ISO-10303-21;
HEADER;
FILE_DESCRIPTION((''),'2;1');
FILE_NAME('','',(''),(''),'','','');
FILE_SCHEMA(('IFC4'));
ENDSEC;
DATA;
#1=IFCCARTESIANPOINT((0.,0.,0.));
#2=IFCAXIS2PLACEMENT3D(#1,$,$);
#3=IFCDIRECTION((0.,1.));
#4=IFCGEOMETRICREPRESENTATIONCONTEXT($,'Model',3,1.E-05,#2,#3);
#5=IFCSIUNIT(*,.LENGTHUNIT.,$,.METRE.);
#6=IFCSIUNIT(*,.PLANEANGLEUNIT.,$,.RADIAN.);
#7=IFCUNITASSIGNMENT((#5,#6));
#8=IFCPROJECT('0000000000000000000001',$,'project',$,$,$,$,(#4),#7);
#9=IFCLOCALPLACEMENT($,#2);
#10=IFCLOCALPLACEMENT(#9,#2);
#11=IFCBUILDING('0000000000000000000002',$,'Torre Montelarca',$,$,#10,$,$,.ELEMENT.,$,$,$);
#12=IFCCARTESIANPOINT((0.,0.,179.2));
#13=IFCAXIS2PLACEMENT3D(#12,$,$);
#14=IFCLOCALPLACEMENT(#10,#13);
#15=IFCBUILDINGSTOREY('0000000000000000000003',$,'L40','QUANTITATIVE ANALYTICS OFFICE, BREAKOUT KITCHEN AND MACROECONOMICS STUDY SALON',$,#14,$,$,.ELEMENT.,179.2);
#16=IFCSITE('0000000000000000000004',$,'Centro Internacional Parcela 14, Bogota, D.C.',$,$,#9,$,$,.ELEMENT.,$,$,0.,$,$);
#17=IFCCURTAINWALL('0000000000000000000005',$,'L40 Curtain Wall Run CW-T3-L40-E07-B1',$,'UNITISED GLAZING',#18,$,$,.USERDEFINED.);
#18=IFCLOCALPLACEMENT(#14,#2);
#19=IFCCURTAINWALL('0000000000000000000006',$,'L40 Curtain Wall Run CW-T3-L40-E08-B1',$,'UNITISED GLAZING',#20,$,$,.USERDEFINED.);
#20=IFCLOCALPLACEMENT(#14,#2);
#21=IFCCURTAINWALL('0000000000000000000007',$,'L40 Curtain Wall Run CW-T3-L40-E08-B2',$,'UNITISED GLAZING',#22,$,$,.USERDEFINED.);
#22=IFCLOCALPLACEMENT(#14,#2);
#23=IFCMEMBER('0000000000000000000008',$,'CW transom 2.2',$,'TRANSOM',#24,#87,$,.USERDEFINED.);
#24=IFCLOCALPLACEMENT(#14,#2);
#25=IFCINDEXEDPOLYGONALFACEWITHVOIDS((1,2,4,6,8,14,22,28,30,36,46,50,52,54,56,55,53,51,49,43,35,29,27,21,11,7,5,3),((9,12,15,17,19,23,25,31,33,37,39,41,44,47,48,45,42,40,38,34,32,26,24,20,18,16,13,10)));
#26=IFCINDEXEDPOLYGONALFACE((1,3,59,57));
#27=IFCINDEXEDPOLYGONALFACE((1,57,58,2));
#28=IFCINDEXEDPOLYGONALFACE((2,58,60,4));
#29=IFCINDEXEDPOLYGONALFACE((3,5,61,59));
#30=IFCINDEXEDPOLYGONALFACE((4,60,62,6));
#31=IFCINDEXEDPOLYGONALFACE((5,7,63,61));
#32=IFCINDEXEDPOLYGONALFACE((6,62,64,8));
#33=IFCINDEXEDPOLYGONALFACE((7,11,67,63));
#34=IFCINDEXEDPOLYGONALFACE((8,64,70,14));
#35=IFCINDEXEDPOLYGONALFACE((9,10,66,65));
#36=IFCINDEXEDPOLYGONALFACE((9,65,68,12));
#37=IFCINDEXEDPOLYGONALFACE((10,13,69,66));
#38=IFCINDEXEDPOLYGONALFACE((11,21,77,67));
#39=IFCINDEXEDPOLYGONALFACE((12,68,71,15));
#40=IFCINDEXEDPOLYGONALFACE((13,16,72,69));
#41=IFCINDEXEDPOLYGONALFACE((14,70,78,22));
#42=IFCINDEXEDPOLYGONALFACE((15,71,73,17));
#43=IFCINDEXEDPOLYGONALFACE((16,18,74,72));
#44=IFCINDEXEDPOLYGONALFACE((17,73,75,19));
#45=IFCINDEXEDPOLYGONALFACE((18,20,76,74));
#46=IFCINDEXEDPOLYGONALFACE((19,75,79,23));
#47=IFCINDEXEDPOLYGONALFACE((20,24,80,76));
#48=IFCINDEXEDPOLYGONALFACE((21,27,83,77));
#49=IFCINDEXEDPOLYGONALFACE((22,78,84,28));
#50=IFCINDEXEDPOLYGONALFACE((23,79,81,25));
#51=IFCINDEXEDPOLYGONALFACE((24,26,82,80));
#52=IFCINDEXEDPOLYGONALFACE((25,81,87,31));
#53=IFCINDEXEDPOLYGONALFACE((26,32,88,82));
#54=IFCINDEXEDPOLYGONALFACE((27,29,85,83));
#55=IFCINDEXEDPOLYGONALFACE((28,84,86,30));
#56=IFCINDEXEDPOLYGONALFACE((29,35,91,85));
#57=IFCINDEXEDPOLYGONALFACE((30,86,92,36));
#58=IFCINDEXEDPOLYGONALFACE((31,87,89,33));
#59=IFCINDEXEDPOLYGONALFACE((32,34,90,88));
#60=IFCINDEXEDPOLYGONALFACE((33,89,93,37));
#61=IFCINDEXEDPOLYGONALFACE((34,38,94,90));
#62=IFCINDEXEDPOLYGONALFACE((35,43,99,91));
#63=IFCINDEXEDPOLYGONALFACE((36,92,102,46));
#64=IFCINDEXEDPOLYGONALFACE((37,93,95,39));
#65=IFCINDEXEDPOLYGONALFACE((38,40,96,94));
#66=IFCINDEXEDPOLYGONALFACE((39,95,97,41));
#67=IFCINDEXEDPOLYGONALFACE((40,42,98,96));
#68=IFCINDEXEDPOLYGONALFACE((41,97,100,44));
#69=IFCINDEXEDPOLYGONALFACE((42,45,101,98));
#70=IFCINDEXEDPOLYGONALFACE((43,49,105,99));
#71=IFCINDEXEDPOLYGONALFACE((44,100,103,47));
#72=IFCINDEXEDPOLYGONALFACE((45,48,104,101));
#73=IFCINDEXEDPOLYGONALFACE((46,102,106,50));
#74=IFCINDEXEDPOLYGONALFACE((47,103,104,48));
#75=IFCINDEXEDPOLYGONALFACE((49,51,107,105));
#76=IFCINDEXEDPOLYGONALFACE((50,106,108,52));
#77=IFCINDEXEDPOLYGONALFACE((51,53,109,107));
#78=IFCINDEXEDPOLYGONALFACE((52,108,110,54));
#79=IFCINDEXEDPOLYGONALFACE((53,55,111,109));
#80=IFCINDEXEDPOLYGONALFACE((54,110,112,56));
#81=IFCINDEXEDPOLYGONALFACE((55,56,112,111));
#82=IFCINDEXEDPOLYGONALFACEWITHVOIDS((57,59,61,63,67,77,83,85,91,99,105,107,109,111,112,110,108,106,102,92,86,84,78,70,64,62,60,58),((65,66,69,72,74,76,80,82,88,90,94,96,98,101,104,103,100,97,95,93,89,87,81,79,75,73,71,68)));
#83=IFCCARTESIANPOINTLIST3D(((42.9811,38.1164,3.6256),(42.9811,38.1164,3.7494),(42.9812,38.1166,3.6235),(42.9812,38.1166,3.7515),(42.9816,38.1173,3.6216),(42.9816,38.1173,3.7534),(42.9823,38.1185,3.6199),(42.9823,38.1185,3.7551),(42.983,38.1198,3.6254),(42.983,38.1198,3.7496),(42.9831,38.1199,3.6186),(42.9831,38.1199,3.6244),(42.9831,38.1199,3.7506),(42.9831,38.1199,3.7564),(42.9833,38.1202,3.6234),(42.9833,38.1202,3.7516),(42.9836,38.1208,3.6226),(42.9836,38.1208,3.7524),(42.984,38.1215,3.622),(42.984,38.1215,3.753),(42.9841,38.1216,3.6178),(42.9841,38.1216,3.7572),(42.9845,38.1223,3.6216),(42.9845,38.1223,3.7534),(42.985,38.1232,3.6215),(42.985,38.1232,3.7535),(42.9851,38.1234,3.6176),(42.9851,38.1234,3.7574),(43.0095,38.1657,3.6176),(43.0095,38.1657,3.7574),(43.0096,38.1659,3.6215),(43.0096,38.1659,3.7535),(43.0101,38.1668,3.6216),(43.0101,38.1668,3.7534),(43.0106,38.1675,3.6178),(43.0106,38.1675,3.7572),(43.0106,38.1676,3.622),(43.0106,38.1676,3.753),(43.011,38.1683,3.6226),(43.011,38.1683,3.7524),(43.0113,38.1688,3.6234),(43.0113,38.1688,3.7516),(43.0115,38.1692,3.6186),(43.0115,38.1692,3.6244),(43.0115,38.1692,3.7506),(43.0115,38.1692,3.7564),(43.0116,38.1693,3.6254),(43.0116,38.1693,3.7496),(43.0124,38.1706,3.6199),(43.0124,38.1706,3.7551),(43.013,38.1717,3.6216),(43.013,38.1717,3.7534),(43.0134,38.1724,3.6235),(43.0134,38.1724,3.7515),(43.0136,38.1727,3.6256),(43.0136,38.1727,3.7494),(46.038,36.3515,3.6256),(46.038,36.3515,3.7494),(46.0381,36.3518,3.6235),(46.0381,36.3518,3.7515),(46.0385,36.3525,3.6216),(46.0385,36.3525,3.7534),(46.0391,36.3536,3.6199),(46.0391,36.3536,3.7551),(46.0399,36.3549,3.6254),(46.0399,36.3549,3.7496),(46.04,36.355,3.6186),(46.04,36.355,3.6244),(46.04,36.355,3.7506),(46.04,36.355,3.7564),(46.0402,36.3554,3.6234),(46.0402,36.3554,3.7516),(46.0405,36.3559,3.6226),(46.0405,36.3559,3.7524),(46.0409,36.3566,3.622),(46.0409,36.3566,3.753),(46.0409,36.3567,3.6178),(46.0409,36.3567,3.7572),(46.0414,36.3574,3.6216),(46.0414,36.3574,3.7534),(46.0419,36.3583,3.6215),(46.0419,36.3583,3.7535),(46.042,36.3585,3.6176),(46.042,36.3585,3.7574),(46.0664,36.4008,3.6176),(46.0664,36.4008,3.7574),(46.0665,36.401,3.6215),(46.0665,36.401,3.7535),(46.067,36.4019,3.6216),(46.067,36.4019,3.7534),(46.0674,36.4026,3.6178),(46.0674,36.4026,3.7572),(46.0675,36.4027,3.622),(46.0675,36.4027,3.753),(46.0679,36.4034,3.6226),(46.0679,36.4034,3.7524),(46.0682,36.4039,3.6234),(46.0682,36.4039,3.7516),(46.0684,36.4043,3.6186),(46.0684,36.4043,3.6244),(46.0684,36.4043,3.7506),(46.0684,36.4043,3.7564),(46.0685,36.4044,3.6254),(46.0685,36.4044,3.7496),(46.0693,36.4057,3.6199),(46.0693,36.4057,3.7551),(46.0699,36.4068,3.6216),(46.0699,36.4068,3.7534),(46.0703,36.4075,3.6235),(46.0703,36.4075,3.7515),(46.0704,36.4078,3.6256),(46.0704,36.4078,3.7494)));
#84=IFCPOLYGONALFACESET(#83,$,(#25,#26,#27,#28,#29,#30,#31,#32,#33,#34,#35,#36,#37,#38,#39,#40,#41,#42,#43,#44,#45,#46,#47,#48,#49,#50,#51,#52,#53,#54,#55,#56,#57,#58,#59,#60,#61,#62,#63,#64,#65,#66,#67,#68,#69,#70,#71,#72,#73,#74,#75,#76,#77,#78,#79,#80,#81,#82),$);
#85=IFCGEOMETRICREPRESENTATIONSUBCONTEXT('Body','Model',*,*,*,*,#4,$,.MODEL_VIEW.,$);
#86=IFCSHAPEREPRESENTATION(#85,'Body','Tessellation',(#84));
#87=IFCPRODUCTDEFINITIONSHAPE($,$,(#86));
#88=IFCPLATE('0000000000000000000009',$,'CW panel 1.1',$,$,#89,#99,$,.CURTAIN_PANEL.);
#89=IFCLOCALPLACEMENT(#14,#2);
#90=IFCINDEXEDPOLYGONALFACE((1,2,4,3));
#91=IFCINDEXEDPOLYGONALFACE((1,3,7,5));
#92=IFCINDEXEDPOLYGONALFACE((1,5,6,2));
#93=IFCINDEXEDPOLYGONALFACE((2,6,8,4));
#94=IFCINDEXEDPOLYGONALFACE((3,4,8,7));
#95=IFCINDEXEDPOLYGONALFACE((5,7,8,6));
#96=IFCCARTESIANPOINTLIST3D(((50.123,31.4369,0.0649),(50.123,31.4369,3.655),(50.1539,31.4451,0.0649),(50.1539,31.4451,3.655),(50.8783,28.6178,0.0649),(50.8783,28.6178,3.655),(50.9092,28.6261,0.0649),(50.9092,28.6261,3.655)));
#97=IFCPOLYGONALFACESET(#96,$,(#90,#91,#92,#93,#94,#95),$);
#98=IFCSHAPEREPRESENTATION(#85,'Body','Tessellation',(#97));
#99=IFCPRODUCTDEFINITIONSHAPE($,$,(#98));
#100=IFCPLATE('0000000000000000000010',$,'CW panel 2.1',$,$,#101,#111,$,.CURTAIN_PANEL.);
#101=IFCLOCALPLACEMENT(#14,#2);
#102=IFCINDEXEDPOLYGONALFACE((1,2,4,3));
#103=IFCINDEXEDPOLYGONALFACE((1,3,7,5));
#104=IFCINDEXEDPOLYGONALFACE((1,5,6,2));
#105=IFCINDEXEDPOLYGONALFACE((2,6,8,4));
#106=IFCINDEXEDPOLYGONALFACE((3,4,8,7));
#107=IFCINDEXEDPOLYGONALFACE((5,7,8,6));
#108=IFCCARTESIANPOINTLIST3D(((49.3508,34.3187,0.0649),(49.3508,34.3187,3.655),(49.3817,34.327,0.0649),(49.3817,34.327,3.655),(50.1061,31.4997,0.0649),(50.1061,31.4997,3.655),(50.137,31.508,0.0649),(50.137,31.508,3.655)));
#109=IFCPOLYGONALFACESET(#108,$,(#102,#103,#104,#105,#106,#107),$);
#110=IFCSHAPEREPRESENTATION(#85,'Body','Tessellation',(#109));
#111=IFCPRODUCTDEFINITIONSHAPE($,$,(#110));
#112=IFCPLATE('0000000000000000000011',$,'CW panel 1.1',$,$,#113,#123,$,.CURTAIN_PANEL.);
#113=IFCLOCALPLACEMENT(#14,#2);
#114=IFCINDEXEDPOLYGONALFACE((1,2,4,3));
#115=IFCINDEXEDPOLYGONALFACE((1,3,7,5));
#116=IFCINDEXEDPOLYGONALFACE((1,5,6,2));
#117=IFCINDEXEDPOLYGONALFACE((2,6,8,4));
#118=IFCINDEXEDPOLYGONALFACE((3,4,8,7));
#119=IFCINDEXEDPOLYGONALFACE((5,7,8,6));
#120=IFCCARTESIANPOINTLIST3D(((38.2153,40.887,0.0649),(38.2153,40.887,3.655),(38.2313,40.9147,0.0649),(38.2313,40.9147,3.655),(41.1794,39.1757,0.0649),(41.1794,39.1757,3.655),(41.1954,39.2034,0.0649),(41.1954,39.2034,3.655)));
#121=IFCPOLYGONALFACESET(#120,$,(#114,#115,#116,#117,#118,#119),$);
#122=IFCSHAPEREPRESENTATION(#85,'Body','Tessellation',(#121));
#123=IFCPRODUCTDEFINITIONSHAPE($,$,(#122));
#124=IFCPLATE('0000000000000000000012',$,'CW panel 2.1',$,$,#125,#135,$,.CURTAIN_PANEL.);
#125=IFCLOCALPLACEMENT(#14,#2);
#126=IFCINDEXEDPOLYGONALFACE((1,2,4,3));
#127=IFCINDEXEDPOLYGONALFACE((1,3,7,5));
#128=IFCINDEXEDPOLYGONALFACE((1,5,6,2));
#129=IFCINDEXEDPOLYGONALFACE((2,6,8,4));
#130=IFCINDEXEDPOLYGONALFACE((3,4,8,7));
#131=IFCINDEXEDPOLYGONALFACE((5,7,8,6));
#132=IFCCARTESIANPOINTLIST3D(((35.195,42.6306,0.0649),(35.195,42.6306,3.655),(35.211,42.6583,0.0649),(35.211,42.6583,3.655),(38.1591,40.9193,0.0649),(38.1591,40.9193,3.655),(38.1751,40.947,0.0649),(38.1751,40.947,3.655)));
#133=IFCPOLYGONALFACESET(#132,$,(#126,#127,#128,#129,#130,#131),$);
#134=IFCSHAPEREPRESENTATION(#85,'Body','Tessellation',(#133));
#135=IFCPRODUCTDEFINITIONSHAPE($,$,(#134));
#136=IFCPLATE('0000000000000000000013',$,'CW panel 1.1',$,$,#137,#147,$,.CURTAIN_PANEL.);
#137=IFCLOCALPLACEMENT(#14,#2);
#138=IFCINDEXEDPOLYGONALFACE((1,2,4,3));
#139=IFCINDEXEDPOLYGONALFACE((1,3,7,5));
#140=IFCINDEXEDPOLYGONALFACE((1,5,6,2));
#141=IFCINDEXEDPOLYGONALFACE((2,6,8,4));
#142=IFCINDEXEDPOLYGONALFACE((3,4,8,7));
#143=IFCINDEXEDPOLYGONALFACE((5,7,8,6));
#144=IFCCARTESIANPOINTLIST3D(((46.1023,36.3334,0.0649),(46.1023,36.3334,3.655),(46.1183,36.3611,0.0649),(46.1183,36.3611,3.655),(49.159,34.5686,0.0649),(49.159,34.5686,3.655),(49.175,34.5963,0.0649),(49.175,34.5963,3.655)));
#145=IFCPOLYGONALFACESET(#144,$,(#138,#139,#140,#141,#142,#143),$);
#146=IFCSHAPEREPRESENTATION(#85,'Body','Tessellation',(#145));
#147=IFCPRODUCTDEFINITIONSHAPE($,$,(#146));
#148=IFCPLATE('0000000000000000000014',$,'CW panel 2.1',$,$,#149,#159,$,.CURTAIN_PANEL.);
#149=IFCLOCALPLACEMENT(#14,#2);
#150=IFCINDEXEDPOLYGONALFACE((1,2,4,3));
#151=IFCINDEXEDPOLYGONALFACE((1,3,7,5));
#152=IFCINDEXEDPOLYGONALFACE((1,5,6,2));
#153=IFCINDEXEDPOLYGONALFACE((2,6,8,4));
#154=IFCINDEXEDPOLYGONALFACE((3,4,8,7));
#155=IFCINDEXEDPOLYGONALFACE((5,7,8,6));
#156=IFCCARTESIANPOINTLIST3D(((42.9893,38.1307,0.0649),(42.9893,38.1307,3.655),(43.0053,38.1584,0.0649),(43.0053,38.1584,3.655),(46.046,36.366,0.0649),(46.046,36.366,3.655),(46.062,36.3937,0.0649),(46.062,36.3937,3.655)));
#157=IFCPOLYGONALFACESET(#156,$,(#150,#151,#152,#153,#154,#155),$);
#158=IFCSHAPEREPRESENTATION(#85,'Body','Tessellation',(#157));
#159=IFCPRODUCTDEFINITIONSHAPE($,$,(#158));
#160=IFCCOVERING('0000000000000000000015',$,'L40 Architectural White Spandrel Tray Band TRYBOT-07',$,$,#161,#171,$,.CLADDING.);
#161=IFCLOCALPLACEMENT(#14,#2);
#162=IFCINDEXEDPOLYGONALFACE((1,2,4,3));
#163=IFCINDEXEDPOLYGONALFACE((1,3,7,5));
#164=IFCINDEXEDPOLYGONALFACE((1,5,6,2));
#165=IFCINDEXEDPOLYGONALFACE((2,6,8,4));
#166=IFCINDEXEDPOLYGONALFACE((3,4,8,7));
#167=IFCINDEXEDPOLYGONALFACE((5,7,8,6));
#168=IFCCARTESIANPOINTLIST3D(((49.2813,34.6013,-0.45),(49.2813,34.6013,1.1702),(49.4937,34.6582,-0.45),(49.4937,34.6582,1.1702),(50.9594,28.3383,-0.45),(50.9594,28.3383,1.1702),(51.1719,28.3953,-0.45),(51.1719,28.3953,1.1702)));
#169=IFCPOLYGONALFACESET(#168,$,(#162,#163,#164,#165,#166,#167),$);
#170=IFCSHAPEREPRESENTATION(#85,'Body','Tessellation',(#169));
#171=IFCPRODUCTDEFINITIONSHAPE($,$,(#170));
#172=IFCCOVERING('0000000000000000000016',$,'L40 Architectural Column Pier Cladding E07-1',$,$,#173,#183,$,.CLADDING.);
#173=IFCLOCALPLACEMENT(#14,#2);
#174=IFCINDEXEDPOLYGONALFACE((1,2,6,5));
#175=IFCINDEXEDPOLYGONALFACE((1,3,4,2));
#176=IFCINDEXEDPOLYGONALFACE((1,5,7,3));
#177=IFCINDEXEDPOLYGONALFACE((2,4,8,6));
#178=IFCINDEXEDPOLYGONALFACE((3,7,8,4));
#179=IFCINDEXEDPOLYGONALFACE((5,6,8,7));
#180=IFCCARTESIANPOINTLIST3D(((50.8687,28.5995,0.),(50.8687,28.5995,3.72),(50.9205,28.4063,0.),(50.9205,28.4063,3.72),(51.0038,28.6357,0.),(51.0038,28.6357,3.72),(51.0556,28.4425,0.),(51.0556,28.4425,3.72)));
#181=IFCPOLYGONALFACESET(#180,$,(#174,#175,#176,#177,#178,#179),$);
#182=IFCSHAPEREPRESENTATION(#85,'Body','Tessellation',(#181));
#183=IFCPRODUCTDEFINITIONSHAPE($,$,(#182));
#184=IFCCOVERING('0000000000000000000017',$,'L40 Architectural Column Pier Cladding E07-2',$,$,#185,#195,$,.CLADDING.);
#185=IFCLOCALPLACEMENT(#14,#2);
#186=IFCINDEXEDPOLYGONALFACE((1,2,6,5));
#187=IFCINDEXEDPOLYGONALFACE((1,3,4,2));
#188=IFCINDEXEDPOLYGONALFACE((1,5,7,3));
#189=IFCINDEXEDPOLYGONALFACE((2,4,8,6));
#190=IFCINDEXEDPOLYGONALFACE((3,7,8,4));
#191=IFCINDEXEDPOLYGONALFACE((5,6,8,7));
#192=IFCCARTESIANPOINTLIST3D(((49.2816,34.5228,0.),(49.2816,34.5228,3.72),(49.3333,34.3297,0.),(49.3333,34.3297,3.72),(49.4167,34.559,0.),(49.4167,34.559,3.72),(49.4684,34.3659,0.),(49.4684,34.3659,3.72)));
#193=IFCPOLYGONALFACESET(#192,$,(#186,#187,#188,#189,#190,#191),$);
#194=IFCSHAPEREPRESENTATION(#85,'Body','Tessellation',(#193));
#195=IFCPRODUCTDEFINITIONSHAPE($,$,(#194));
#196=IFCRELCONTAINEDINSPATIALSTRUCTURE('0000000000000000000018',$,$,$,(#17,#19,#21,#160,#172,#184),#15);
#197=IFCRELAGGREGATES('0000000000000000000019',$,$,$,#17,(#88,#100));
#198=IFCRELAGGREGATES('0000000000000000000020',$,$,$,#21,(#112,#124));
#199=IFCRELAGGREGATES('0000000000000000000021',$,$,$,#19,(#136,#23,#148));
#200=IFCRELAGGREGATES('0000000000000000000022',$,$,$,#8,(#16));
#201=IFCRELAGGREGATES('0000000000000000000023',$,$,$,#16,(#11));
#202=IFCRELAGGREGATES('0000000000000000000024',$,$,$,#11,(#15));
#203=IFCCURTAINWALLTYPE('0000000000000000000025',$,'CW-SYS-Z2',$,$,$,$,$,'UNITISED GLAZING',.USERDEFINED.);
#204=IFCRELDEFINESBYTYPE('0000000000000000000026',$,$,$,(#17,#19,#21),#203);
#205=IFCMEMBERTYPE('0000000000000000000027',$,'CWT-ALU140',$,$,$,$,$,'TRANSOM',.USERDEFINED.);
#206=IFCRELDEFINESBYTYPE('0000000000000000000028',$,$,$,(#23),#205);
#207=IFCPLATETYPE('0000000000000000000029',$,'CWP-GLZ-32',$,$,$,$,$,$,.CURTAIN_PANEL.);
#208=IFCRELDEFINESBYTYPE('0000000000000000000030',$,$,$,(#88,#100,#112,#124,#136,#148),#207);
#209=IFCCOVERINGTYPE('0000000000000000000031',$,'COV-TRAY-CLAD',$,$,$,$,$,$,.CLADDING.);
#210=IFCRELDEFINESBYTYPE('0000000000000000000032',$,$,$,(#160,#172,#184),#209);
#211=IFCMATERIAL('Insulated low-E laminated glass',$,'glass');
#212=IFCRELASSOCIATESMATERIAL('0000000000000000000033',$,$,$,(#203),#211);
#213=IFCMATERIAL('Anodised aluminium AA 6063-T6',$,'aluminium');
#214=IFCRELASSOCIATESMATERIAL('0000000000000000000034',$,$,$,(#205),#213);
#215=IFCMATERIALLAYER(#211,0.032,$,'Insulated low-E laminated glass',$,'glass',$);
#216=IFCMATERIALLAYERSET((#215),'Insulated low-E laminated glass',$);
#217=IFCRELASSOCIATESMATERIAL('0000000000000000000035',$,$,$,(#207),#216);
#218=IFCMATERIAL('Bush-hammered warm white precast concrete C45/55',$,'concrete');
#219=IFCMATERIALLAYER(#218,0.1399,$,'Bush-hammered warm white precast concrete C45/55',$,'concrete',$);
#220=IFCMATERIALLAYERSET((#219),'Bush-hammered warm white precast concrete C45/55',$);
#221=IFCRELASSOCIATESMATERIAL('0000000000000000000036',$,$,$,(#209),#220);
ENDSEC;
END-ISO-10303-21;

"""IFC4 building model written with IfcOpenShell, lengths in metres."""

from ifc_helpers import new_model, si_unit, direction, frame, origin, origin_2d, place, context, subcontext, project, spatial, rectangle, hollow_rectangle, extrude, source, transform, mapped, material, layer, layer_set, material_profile, profile_set, type_object, element, aggregate, save


model = new_model("IFC4")

# Units and contexts
model_context = context("Model", 3, precision=1e-05, world=origin(), true_north=direction((0.0, 1.0)))
body_context = subcontext(model_context, "Body", "Model", "MODEL_VIEW")
ifc_project = project(units=[si_unit("LENGTHUNIT", "METRE"), si_unit("PLANEANGLEUNIT", "RADIAN")], contexts=[model_context])

# Site, building, storey
site_placement = place(None, origin())
site = spatial("IfcSite", under=ifc_project, at=site_placement, Name="Centro Internacional Parcela 14, Bogota, D.C.", CompositionType="ELEMENT", RefElevation=0.0)
building_placement = place(site_placement, origin())
building = spatial("IfcBuilding", under=site, at=building_placement, Name="Torre Montelarca", CompositionType="ELEMENT")
storey_placement = place(building_placement, frame((0.0, 0.0, 179.2)))
storey = spatial("IfcBuildingStorey", under=building, at=storey_placement, Name="L40", Description="QUANTITATIVE ANALYTICS OFFICE, BREAKOUT KITCHEN AND MACROECONOMICS STUDY SALON", CompositionType="ELEMENT", Elevation=179.2)

# Curtain walls
ifc_material_1 = material(Name="Insulated low-E laminated glass", Category="glass")
curtain_wall_type = type_object("IfcCurtainWallType", Name="CW-SYS-Z2", ElementType="UNITISED GLAZING", PredefinedType="USERDEFINED", material=ifc_material_1)
curtain_wall_1_placement = place(storey_placement, origin())
curtain_wall_1 = element("IfcCurtainWall", 1, at=curtain_wall_1_placement, inside=storey, type_object=curtain_wall_type, Name="L40 Curtain Wall Run CW-T3-L40-E07-B1", ObjectType="UNITISED GLAZING", PredefinedType="USERDEFINED")
ifc_material_2 = material(Name="Anodised aluminium AA 6063-T6", Category="aluminium")
ifc_material_profile_1 = material_profile(ifc_material_2, hollow_rectangle(XDim=0.0649, YDim=0.1399, WallThickness=0.0039, InnerFilletRadius=0.0039, OuterFilletRadius=0.0081, at=origin_2d()), Name="ALU65X140X4", Category="aluminium")
ifc_profile_set_1 = profile_set([ifc_material_profile_1], Name="Anodised aluminium AA 6063-T6")
member_type_1 = type_object("IfcMemberType", Name="CWT-ALU140", ElementType="TRANSOM", PredefinedType="USERDEFINED", material=ifc_profile_set_1)
curtain_wall_2_placement = place(storey_placement, origin())
curtain_wall_2 = element("IfcCurtainWall", 2, at=curtain_wall_2_placement, inside=storey, type_object=curtain_wall_type, Name="L40 Curtain Wall Run CW-T3-L40-E08-B1", ObjectType="UNITISED GLAZING", PredefinedType="USERDEFINED")
curtain_wall_3_placement = place(storey_placement, origin())
curtain_wall_3 = element("IfcCurtainWall", 3, at=curtain_wall_3_placement, inside=storey, type_object=curtain_wall_type, Name="L40 Curtain Wall Run CW-T3-L40-E08-B2", ObjectType="UNITISED GLAZING", PredefinedType="USERDEFINED")

# Member
shared_shape_1 = source(origin(), body_context, "Body", "SweptSolid", [
    extrude(hollow_rectangle(XDim=0.0649, YDim=0.1399, WallThickness=0.0039, InnerFilletRadius=0.0039, OuterFilletRadius=0.0081, at=origin_2d()), origin(), (0.0, 0.0, 1.0), 3.5298),
])
member_1_placement = place(storey_placement, frame((46.0542, 36.3796, 3.6875), z_axis=(-0.866025, 0.5, 0.0), x_axis=(-0.5, -0.866025, 0.0)))
member_1 = element("IfcMember", 4, at=member_1_placement, type_object=member_type_1, Name="CW transom 2.2", ObjectType="TRANSOM", PredefinedType="USERDEFINED", context=body_context, shape_type="MappedRepresentation", body=[
    mapped(shared_shape_1, transform((0.0, 0.0, 0.0), scale=1.0)),
])

# Plates
ifc_layer_1 = layer(ifc_material_1, 0.032, Name="Insulated low-E laminated glass", Category="glass")
ifc_layer_set_1 = layer_set([ifc_layer_1], Name="Insulated low-E laminated glass")
plate_type = type_object("IfcPlateType", Name="CWP-GLZ-32", PredefinedType="CURTAIN_PANEL", material=ifc_layer_set_1)
shared_shape_2 = source(origin(), body_context, "Body", "SweptSolid", [
    extrude(rectangle(XDim=2.9185, YDim=0.032, at=origin_2d()), origin(), (0.0, 0.0, 1.0), 3.5901),
])
plate_1_placement = place(storey_placement, frame((50.5161, 30.0315, 0.0649), z_axis=(0.0, 0.0, 1.0), x_axis=(-0.258814, 0.965927, 0.0)))
plate_1 = element("IfcPlate", 5, at=plate_1_placement, type_object=plate_type, Name="CW panel 1.1", PredefinedType="CURTAIN_PANEL", context=body_context, shape_type="MappedRepresentation", body=[
    mapped(shared_shape_2, transform((0.0, 0.0, 0.0), scale=1.0)),
])
plate_2_placement = place(storey_placement, frame((49.7439, 32.9133, 0.0649), z_axis=(0.0, 0.0, 1.0), x_axis=(-0.258814, 0.965927, 0.0)))
plate_2 = element("IfcPlate", 6, at=plate_2_placement, type_object=plate_type, Name="CW panel 2.1", PredefinedType="CURTAIN_PANEL", context=body_context, shape_type="MappedRepresentation", body=[
    mapped(shared_shape_2, transform((0.0, 0.0, 0.0), scale=1.0)),
])
aggregate(curtain_wall_1, [plate_1, plate_2])
shared_shape_3 = source(origin(), body_context, "Body", "SweptSolid", [
    extrude(rectangle(XDim=3.4226, YDim=0.032, at=origin_2d()), origin(), (0.0, 0.0, 1.0), 3.5901),
])
plate_3_placement = place(storey_placement, frame((39.7053, 40.0452, 0.0649), z_axis=(0.0, 0.0, 1.0), x_axis=(-0.866028, 0.499995, 0.0)))
plate_3 = element("IfcPlate", 7, at=plate_3_placement, type_object=plate_type, Name="CW panel 1.1", PredefinedType="CURTAIN_PANEL", context=body_context, shape_type="MappedRepresentation", body=[
    mapped(shared_shape_3, transform((0.0, 0.0, 0.0), scale=1.0)),
])
plate_4_placement = place(storey_placement, frame((36.6851, 41.7888, 0.0649), z_axis=(0.0, 0.0, 1.0), x_axis=(-0.866028, 0.499995, 0.0)))
plate_4 = element("IfcPlate", 8, at=plate_4_placement, type_object=plate_type, Name="CW panel 2.1", PredefinedType="CURTAIN_PANEL", context=body_context, shape_type="MappedRepresentation", body=[
    mapped(shared_shape_3, transform((0.0, 0.0, 0.0), scale=1.0)),
])
aggregate(curtain_wall_3, [plate_3, plate_4])
shared_shape_4 = source(origin(), body_context, "Body", "SweptSolid", [
    extrude(rectangle(XDim=3.5295, YDim=0.032, at=origin_2d()), origin(), (0.0, 0.0, 1.0), 3.5901),
])
plate_5_placement = place(storey_placement, frame((47.6387, 35.4648, 0.0649), z_axis=(0.0, 0.0, 1.0), x_axis=(-0.866025, 0.500001, 0.0)))
plate_5 = element("IfcPlate", 9, at=plate_5_placement, type_object=plate_type, Name="CW panel 1.1", PredefinedType="CURTAIN_PANEL", context=body_context, shape_type="MappedRepresentation", body=[
    mapped(shared_shape_4, transform((0.0, 0.0, 0.0), scale=1.0)),
])
plate_6_placement = place(storey_placement, frame((44.5256, 37.2622, 0.0649), z_axis=(0.0, 0.0, 1.0), x_axis=(-0.866025, 0.500001, 0.0)))
plate_6 = element("IfcPlate", 10, at=plate_6_placement, type_object=plate_type, Name="CW panel 2.1", PredefinedType="CURTAIN_PANEL", context=body_context, shape_type="MappedRepresentation", body=[
    mapped(shared_shape_4, transform((0.0, 0.0, 0.0), scale=1.0)),
])
aggregate(curtain_wall_2, [plate_5, member_1, plate_6])

# Coverings
ifc_material_3 = material(Name="Bush-hammered warm white precast concrete C45/55", Category="concrete")
ifc_layer_2 = layer(ifc_material_3, 0.1399, Name="Bush-hammered warm white precast concrete C45/55", Category="concrete")
ifc_layer_set_2 = layer_set([ifc_layer_2], Name="Bush-hammered warm white precast concrete C45/55")
covering_type = type_object("IfcCoveringType", Name="COV-TRAY-CLAD", PredefinedType="CLADDING", material=ifc_layer_set_2)
shared_shape_5 = source(origin(), body_context, "Body", "SweptSolid", [
    extrude(rectangle(XDim=6.4839, YDim=0.22, at=origin_2d()), origin(), (0.0, 0.0, 1.0), 1.6201),
])
covering_1_placement = place(storey_placement, frame((50.2266, 31.4983, -0.45), z_axis=(0.0, 0.0, 1.0), x_axis=(-0.258817, 0.965926, 0.0)))
element("IfcCovering", 11, at=covering_1_placement, inside=storey, type_object=covering_type, Name="L40 Architectural White Spandrel Tray Band TRYBOT-07", PredefinedType="CLADDING", context=body_context, shape_type="MappedRepresentation", body=[
    mapped(shared_shape_5, transform((0.0, 0.0, 0.0), scale=1.0)),
])
shared_shape_6 = source(origin(), body_context, "Body", "SweptSolid", [
    extrude(rectangle(XDim=0.2, YDim=0.1399, at=origin_2d()), origin(), (0.0, 0.0, 1.0), 3.72),
])
for number, where, z_axis, x_axis, name in (
    (12, (50.9622, 28.521, 0.0), (0.0, 0.0, 1.0), (-0.258819, 0.965926, 0.0), "L40 Architectural Column Pier Cladding E07-1"),
    (13, (49.375, 34.4443, 0.0), (0.0, 0.0, 1.0), (-0.258819, 0.965926, 0.0), "L40 Architectural Column Pier Cladding E07-2"),
):
    element("IfcCovering", number, at=place(storey_placement, frame(where, z_axis=z_axis, x_axis=x_axis)), inside=storey, type_object=covering_type, Name=name, PredefinedType="CLADDING", context=body_context, shape_type="MappedRepresentation", body=[
        mapped(shared_shape_6, transform((0.0, 0.0, 0.0), scale=1.0)),
    ])

save(model, "model.ifc")
